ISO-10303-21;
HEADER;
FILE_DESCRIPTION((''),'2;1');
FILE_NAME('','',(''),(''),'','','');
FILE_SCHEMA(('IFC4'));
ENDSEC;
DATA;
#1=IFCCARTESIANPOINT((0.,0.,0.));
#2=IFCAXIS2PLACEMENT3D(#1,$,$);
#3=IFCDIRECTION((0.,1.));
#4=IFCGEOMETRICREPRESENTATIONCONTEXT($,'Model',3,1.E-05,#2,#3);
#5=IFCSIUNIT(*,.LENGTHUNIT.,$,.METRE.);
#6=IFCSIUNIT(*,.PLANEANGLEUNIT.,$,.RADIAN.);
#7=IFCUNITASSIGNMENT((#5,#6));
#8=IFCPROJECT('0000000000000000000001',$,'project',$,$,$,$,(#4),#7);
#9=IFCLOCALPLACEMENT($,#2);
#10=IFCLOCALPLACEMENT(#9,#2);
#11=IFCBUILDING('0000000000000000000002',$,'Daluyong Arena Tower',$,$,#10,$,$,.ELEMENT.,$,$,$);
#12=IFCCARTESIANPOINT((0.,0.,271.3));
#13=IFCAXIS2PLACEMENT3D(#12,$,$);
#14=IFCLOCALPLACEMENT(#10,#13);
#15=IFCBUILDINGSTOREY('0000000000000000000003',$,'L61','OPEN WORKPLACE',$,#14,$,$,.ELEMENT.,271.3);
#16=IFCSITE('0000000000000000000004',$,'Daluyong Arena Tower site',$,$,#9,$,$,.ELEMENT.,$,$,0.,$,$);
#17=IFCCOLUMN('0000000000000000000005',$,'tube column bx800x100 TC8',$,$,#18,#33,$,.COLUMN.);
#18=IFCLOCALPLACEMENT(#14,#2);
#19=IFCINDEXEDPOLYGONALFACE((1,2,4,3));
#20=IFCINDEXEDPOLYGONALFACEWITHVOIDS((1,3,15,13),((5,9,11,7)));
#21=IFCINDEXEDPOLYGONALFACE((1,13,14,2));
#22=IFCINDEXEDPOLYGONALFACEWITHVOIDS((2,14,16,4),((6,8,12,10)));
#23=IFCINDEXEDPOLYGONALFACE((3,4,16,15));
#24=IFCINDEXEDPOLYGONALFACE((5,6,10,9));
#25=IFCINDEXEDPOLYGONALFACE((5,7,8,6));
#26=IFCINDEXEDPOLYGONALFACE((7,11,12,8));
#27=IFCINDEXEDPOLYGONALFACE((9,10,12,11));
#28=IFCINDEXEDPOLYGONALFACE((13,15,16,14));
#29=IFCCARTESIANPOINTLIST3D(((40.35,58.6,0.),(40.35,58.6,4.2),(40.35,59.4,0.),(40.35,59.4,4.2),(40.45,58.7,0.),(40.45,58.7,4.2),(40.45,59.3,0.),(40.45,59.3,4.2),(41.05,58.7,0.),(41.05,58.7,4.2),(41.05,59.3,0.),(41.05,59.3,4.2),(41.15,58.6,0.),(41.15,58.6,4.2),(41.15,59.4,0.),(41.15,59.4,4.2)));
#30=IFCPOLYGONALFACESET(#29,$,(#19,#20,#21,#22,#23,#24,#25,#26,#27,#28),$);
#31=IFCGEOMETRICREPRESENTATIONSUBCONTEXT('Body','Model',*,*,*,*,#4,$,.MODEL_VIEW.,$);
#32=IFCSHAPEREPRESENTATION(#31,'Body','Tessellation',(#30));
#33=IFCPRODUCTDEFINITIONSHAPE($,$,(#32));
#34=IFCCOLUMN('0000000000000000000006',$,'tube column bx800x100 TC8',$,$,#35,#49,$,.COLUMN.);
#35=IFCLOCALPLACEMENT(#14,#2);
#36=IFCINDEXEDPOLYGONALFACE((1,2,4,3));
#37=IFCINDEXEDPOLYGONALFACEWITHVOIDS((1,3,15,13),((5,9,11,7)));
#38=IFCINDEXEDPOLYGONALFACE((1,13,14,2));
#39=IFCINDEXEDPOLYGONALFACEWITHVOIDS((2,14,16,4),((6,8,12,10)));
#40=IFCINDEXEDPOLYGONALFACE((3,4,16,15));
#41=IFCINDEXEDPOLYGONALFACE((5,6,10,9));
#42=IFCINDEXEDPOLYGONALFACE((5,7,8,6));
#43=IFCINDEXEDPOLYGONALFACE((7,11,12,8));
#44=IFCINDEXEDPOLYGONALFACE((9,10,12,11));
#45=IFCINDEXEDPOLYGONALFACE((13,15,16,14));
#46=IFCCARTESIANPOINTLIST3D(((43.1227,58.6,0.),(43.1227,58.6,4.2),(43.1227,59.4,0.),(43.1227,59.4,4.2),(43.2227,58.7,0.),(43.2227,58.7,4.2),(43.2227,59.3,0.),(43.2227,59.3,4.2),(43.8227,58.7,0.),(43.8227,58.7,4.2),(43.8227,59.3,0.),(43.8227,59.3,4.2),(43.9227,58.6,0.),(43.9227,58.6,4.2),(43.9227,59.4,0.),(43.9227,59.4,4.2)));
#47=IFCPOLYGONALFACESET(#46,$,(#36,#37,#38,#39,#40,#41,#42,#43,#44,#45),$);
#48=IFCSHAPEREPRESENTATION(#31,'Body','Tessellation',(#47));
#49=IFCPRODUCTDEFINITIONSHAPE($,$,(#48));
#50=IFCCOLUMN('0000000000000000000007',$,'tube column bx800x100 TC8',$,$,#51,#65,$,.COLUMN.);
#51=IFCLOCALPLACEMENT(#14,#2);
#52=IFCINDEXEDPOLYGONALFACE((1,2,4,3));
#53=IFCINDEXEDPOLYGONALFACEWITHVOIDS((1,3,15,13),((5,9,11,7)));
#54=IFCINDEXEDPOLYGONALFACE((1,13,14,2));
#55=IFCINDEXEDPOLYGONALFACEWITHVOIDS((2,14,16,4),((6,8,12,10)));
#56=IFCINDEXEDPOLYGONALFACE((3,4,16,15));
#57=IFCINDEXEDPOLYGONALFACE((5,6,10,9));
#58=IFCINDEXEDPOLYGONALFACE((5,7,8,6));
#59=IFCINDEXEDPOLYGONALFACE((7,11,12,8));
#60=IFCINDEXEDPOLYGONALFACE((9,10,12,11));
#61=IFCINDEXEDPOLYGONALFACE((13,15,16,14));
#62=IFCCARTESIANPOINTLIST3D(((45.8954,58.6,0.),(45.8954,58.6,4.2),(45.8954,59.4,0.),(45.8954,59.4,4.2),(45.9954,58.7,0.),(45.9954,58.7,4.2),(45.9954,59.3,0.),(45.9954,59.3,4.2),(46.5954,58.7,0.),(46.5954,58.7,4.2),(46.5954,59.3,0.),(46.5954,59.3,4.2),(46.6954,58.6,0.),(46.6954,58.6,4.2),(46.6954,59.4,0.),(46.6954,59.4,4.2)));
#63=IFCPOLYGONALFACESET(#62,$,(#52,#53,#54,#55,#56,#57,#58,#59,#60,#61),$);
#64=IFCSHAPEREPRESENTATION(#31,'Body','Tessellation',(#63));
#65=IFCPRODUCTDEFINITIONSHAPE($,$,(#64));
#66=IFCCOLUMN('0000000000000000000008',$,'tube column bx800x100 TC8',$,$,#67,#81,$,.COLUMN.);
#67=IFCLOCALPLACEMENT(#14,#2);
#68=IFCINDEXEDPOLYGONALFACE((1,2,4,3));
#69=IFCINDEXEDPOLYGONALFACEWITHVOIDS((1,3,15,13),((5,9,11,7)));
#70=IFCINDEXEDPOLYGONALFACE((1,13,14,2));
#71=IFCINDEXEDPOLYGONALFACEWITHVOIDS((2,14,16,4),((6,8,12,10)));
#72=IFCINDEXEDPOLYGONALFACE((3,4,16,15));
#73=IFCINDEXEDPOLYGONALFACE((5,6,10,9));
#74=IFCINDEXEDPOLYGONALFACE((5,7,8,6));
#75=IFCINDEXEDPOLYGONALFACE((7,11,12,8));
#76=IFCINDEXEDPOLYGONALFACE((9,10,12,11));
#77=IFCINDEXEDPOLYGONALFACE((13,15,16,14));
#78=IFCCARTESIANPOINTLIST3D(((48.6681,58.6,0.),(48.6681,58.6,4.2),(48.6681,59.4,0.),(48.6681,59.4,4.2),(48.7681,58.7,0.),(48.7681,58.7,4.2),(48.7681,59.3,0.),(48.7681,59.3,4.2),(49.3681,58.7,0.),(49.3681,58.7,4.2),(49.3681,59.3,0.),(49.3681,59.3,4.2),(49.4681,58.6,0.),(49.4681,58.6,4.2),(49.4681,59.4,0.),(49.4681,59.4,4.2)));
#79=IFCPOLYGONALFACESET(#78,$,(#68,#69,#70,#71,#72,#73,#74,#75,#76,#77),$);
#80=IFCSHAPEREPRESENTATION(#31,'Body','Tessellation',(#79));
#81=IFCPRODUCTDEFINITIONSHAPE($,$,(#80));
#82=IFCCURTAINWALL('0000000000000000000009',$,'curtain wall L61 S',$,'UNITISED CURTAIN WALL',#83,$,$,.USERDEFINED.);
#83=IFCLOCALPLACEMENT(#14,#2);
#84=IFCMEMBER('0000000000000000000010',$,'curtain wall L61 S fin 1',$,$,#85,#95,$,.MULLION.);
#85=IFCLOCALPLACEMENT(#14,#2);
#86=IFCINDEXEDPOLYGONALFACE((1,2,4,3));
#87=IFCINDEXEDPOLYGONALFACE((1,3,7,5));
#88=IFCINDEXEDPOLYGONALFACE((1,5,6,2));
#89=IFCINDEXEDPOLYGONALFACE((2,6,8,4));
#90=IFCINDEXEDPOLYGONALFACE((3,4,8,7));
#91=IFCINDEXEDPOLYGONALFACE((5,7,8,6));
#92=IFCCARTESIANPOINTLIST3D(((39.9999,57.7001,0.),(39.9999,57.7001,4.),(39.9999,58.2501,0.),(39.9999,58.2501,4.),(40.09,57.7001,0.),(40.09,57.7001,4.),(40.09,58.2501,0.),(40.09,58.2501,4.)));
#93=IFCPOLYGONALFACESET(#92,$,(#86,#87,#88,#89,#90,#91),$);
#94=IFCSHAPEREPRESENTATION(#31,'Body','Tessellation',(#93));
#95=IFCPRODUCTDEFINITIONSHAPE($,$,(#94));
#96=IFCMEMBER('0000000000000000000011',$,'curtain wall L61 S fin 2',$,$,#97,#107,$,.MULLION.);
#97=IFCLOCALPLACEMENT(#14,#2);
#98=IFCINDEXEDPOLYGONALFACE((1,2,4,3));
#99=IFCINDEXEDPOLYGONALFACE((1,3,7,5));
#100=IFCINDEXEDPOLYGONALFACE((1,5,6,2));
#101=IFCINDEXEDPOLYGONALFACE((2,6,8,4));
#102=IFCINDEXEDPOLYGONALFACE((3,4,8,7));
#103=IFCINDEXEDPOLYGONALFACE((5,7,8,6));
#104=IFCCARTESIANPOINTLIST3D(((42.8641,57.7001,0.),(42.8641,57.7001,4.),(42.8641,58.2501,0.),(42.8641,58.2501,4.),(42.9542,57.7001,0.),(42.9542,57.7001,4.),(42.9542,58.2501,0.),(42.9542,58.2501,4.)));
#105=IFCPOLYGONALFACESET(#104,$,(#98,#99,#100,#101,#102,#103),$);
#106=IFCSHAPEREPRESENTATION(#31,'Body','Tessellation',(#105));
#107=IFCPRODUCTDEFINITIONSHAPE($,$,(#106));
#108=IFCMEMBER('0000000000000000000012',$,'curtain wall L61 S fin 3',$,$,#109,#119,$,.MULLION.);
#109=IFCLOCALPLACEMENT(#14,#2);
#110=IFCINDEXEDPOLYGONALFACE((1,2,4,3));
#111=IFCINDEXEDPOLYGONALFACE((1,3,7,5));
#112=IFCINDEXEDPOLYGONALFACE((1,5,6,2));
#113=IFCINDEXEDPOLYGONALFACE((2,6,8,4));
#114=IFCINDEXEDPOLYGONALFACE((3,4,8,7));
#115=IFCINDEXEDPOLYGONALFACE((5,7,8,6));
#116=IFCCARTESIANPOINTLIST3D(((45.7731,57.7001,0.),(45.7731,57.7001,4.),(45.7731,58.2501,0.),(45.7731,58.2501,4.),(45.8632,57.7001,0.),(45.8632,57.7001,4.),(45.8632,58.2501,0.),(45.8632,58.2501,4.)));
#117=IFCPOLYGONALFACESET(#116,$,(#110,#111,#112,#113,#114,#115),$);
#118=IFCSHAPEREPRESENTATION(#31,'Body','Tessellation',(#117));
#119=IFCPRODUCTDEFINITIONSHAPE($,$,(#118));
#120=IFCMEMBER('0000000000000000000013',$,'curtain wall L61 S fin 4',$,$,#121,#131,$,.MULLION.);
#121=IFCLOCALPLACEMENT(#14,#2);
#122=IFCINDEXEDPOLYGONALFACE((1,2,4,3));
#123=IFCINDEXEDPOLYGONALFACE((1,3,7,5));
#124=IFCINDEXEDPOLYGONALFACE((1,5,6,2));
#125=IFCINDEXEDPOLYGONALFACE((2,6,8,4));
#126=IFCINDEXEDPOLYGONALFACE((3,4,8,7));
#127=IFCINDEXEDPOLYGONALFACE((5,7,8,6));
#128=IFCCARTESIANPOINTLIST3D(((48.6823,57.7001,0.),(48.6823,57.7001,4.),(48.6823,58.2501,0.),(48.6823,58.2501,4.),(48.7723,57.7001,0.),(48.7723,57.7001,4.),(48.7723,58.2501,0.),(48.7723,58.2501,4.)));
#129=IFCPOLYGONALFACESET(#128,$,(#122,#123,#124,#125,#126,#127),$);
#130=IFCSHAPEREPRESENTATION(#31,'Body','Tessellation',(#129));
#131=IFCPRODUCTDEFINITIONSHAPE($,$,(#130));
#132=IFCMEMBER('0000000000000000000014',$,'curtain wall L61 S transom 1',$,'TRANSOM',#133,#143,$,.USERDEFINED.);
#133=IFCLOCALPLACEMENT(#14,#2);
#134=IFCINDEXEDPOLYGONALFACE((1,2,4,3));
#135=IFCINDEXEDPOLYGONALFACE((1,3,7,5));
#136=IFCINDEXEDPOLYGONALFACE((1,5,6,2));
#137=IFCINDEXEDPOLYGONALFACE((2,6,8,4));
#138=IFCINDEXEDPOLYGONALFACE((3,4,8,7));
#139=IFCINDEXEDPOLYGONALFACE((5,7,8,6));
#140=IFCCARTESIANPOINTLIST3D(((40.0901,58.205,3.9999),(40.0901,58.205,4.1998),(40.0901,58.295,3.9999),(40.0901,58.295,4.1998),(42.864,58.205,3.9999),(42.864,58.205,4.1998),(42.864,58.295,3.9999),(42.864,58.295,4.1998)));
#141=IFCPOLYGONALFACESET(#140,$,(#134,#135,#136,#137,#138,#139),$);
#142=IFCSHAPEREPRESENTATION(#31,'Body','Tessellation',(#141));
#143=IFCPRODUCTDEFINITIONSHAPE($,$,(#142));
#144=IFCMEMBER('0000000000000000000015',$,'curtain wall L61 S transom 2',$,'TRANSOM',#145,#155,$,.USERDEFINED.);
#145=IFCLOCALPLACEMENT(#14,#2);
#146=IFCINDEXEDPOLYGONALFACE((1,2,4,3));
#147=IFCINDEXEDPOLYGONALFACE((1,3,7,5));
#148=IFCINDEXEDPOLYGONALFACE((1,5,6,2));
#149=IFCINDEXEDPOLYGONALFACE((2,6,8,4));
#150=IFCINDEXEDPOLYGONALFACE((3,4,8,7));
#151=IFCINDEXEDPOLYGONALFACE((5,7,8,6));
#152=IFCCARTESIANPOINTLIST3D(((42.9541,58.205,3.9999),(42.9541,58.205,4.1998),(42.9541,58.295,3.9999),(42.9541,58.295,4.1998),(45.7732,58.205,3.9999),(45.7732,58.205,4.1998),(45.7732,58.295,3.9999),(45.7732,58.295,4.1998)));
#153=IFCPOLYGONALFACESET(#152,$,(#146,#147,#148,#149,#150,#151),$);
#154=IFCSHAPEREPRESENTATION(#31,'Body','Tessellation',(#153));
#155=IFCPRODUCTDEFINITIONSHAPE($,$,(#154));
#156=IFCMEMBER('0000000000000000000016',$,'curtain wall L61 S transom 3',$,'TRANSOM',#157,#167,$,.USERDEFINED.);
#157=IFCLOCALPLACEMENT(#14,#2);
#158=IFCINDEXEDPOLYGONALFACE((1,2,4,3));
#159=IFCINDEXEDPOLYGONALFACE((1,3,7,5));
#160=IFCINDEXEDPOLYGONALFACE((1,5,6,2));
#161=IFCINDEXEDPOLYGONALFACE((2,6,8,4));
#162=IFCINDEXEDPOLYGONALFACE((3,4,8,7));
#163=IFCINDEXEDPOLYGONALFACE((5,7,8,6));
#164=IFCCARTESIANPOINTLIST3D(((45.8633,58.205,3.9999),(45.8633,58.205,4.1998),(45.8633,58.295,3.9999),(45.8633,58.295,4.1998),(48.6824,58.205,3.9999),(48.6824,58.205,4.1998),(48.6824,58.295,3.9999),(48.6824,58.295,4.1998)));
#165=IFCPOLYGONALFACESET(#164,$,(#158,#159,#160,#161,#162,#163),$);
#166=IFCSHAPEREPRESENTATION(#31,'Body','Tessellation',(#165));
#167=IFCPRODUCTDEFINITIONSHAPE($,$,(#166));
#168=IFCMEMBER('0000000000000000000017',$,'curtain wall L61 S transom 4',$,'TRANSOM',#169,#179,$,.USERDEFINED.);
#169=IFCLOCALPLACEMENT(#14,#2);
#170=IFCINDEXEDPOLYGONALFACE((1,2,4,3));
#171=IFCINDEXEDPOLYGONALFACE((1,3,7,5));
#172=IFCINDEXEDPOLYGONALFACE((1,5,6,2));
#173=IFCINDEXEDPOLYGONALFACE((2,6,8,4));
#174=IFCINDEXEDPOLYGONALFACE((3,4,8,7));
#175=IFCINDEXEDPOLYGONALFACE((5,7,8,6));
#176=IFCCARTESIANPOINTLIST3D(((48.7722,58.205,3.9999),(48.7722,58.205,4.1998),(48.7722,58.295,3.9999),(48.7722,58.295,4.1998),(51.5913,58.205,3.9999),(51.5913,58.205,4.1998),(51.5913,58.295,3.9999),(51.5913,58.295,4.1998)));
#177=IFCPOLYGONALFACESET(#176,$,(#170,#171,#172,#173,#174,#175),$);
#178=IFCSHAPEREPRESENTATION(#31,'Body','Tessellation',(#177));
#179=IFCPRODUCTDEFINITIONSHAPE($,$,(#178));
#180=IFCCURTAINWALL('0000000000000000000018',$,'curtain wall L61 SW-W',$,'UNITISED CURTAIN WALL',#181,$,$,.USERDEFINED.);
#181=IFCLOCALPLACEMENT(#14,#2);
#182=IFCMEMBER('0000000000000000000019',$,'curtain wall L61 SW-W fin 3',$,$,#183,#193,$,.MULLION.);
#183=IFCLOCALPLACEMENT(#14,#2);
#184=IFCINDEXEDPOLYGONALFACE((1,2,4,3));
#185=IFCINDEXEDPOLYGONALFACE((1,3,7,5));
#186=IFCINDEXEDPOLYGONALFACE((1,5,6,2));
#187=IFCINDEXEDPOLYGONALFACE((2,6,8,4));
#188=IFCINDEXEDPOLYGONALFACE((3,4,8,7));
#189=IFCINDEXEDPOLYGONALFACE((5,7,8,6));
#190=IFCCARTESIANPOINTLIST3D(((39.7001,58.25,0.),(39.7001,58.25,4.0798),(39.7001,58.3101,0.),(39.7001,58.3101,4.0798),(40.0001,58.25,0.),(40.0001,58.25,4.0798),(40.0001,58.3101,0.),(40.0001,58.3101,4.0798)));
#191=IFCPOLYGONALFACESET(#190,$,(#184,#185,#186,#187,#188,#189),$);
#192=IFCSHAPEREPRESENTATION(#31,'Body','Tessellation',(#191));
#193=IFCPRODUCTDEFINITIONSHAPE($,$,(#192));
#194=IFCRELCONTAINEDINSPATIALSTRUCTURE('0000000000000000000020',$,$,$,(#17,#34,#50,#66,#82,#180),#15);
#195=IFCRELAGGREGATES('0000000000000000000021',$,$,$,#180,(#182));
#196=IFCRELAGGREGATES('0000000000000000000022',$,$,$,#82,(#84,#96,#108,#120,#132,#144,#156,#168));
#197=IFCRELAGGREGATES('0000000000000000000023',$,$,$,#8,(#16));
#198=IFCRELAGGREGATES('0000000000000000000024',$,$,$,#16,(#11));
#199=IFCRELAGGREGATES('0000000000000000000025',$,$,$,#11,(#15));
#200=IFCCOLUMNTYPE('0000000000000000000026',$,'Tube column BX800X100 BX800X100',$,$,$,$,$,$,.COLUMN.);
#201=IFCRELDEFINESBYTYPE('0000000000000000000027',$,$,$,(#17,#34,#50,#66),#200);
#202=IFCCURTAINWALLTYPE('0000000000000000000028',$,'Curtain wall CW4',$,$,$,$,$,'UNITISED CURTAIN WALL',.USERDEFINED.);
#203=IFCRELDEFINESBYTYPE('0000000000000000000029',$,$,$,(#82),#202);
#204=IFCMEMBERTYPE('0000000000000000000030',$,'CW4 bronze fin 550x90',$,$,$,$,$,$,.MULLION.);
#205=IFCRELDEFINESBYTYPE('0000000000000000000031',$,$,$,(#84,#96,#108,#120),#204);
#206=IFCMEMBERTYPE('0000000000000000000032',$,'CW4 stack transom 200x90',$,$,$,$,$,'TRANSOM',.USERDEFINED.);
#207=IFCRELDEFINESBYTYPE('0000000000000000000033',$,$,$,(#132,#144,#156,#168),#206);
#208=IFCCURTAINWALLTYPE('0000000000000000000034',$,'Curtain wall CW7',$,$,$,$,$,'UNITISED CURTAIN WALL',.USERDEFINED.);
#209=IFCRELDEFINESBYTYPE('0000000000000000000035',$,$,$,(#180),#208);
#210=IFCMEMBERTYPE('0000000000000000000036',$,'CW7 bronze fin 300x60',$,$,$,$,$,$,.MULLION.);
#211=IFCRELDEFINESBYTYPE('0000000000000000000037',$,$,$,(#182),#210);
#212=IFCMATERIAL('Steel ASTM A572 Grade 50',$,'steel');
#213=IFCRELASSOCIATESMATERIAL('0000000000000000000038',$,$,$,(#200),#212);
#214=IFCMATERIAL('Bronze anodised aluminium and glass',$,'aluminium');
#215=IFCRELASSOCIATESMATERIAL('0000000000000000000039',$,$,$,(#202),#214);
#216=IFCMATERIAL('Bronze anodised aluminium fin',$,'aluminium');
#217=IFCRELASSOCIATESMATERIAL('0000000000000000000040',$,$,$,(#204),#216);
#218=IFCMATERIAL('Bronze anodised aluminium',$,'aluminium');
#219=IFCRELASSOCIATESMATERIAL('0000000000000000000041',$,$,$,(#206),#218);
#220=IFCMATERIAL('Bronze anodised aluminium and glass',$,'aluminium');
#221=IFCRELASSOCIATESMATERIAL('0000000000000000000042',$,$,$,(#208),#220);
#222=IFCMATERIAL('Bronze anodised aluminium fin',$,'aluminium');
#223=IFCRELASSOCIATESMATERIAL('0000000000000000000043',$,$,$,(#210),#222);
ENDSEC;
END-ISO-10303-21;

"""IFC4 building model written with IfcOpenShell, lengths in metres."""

from ifc_helpers import new_model, si_unit, direction, frame, origin, origin_2d, place, context, subcontext, project, spatial, rectangle, hollow_rectangle, extrude, material, material_profile, profile_set, type_object, element, aggregate, save


model = new_model("IFC4")

# Units and contexts
model_context = context("Model", 3, precision=1e-05, world=origin(), true_north=direction((0.0, 1.0)))
body_context = subcontext(model_context, "Body", "Model", "MODEL_VIEW")
ifc_project = project(units=[si_unit("LENGTHUNIT", "METRE"), si_unit("PLANEANGLEUNIT", "RADIAN")], contexts=[model_context])

# Site, building, storey
site_placement = place(None, origin())
site = spatial("IfcSite", under=ifc_project, at=site_placement, Name="Daluyong Arena Tower site", CompositionType="ELEMENT", RefElevation=0.0)
building_placement = place(site_placement, origin())
building = spatial("IfcBuilding", under=site, at=building_placement, Name="Daluyong Arena Tower", CompositionType="ELEMENT")
storey_placement = place(building_placement, frame((0.0, 0.0, 271.3)))
storey = spatial("IfcBuildingStorey", under=building, at=storey_placement, Name="L61", Description="OPEN WORKPLACE", CompositionType="ELEMENT", Elevation=271.3)

# Columns
ifc_material_1 = material(Name="Steel ASTM A572 Grade 50", Category="steel")
ifc_material_profile_1 = material_profile(ifc_material_1, hollow_rectangle(XDim=0.8, YDim=0.8, WallThickness=0.1, at=origin_2d()))
ifc_profile_set_1 = profile_set([ifc_material_profile_1], Name="Steel ASTM A572 Grade 50")
column_type = type_object("IfcColumnType", Name="Tube column BX800X100 BX800X100", PredefinedType="COLUMN", material=ifc_profile_set_1)
for number, where, z_axis, x_axis, name in (
    (1, (40.75, 59.0, 0.0), (0.0, 0.0, 1.0), (1.0, 0.0, 0.0), "tube column bx800x100 TC8"),
    (2, (43.5227, 59.0, 0.0), (0.0, 0.0, 1.0), (1.0, 0.0, 0.0), "tube column bx800x100 TC8"),
    (3, (46.2954, 59.0, 0.0), (0.0, 0.0, 1.0), (1.0, 0.0, 0.0), "tube column bx800x100 TC8"),
    (4, (49.0681, 59.0, 0.0), (0.0, 0.0, 1.0), (1.0, 0.0, 0.0), "tube column bx800x100 TC8"),
):
    element("IfcColumn", number, at=place(storey_placement, frame(where, z_axis=z_axis, x_axis=x_axis)), inside=storey, type_object=column_type, Name=name, PredefinedType="COLUMN", context=body_context, shape_type="SweptSolid", body=[
        extrude(hollow_rectangle(XDim=0.8, YDim=0.8, WallThickness=0.1, at=origin_2d()), origin(), (0.0, 0.0, 1.0), 4.2),
    ])

# Curtain wall, members
ifc_material_2 = material(Name="Bronze anodised aluminium and glass", Category="aluminium")
curtain_wall_type_1 = type_object("IfcCurtainWallType", Name="Curtain wall CW4", ElementType="UNITISED CURTAIN WALL", PredefinedType="USERDEFINED", material=ifc_material_2)
curtain_wall_1_placement = place(storey_placement, origin())
curtain_wall_1 = element("IfcCurtainWall", 5, at=curtain_wall_1_placement, inside=storey, type_object=curtain_wall_type_1, Name="curtain wall L61 S", ObjectType="UNITISED CURTAIN WALL", PredefinedType="USERDEFINED")
ifc_material_3 = material(Name="Bronze anodised aluminium fin", Category="aluminium")
ifc_material_profile_2 = material_profile(ifc_material_3, rectangle(XDim=0.55, YDim=0.0901, at=origin_2d()))
ifc_profile_set_2 = profile_set([ifc_material_profile_2], Name="Bronze anodised aluminium fin")
member_type_1 = type_object("IfcMemberType", Name="CW4 bronze fin 550x90", PredefinedType="MULLION", material=ifc_profile_set_2)
member_1_placement = place(storey_placement, frame((40.0449, 57.9751, 0.0), z_axis=(0.0, 0.0, 1.0), x_axis=(0.0, 1.0, 0.0)))
member_1 = element("IfcMember", 6, at=member_1_placement, type_object=member_type_1, Name="curtain wall L61 S fin 1", PredefinedType="MULLION", context=body_context, shape_type="SweptSolid", body=[
    extrude(rectangle(XDim=0.55, YDim=0.0901, at=origin_2d()), origin(), (0.0, 0.0, 1.0), 4.0),
])
member_2_placement = place(storey_placement, frame((42.9092, 57.9751, 0.0), z_axis=(0.0, 0.0, 1.0), x_axis=(0.0, 1.0, 0.0)))
member_2 = element("IfcMember", 7, at=member_2_placement, type_object=member_type_1, Name="curtain wall L61 S fin 2", PredefinedType="MULLION", context=body_context, shape_type="SweptSolid", body=[
    extrude(rectangle(XDim=0.55, YDim=0.0901, at=origin_2d()), origin(), (0.0, 0.0, 1.0), 4.0),
])
member_3_placement = place(storey_placement, frame((45.8181, 57.9751, 0.0), z_axis=(0.0, 0.0, 1.0), x_axis=(0.0, 1.0, 0.0)))
member_3 = element("IfcMember", 8, at=member_3_placement, type_object=member_type_1, Name="curtain wall L61 S fin 3", PredefinedType="MULLION", context=body_context, shape_type="SweptSolid", body=[
    extrude(rectangle(XDim=0.55, YDim=0.0901, at=origin_2d()), origin(), (0.0, 0.0, 1.0), 4.0),
])
member_4_placement = place(storey_placement, frame((48.7273, 57.9751, 0.0), z_axis=(0.0, 0.0, 1.0), x_axis=(0.0, 1.0, 0.0)))
member_4 = element("IfcMember", 9, at=member_4_placement, type_object=member_type_1, Name="curtain wall L61 S fin 4", PredefinedType="MULLION", context=body_context, shape_type="SweptSolid", body=[
    extrude(rectangle(XDim=0.55, YDim=0.0901, at=origin_2d()), origin(), (0.0, 0.0, 1.0), 4.0),
])
ifc_material_4 = material(Name="Bronze anodised aluminium", Category="aluminium")
ifc_material_profile_3 = material_profile(ifc_material_4, rectangle(XDim=0.0901, YDim=0.2, at=origin_2d()))
ifc_profile_set_3 = profile_set([ifc_material_profile_3], Name="Bronze anodised aluminium")
member_type_2 = type_object("IfcMemberType", Name="CW4 stack transom 200x90", ElementType="TRANSOM", PredefinedType="USERDEFINED", material=ifc_profile_set_3)
member_5_placement = place(storey_placement, frame((40.0901, 58.25, 4.0999), z_axis=(1.0, 0.0, 0.0), x_axis=(0.0, 1.0, 0.0)))
member_5 = element("IfcMember", 10, at=member_5_placement, type_object=member_type_2, Name="curtain wall L61 S transom 1", ObjectType="TRANSOM", PredefinedType="USERDEFINED", context=body_context, shape_type="SweptSolid", body=[
    extrude(rectangle(XDim=0.0901, YDim=0.2, at=origin_2d()), origin(), (0.0, 0.0, 1.0), 2.7739),
])
member_6_placement = place(storey_placement, frame((42.9541, 58.25, 4.0999), z_axis=(1.0, 0.0, 0.0), x_axis=(0.0, 1.0, 0.0)))
member_6 = element("IfcMember", 11, at=member_6_placement, type_object=member_type_2, Name="curtain wall L61 S transom 2", ObjectType="TRANSOM", PredefinedType="USERDEFINED", context=body_context, shape_type="SweptSolid", body=[
    extrude(rectangle(XDim=0.0901, YDim=0.2, at=origin_2d()), origin(), (0.0, 0.0, 1.0), 2.8191),
])
member_7_placement = place(storey_placement, frame((45.8633, 58.25, 4.0999), z_axis=(1.0, 0.0, 0.0), x_axis=(0.0, 1.0, 0.0)))
member_7 = element("IfcMember", 12, at=member_7_placement, type_object=member_type_2, Name="curtain wall L61 S transom 3", ObjectType="TRANSOM", PredefinedType="USERDEFINED", context=body_context, shape_type="SweptSolid", body=[
    extrude(rectangle(XDim=0.0901, YDim=0.2, at=origin_2d()), origin(), (0.0, 0.0, 1.0), 2.8191),
])
member_8_placement = place(storey_placement, frame((48.7722, 58.25, 4.0999), z_axis=(1.0, 0.0, 0.0), x_axis=(0.0, 1.0, 0.0)))
member_8 = element("IfcMember", 13, at=member_8_placement, type_object=member_type_2, Name="curtain wall L61 S transom 4", ObjectType="TRANSOM", PredefinedType="USERDEFINED", context=body_context, shape_type="SweptSolid", body=[
    extrude(rectangle(XDim=0.0901, YDim=0.2, at=origin_2d()), origin(), (0.0, 0.0, 1.0), 2.8191),
])

# Curtain wall, member
ifc_material_5 = material(Name="Bronze anodised aluminium and glass", Category="aluminium")
curtain_wall_type_2 = type_object("IfcCurtainWallType", Name="Curtain wall CW7", ElementType="UNITISED CURTAIN WALL", PredefinedType="USERDEFINED", material=ifc_material_5)
curtain_wall_2_placement = place(storey_placement, origin())
curtain_wall_2 = element("IfcCurtainWall", 14, at=curtain_wall_2_placement, inside=storey, type_object=curtain_wall_type_2, Name="curtain wall L61 SW-W", ObjectType="UNITISED CURTAIN WALL", PredefinedType="USERDEFINED")
ifc_material_6 = material(Name="Bronze anodised aluminium fin", Category="aluminium")
ifc_material_profile_4 = material_profile(ifc_material_6, rectangle(XDim=0.3, YDim=0.0601, at=origin_2d()))
ifc_profile_set_4 = profile_set([ifc_material_profile_4], Name="Bronze anodised aluminium fin")
member_type_3 = type_object("IfcMemberType", Name="CW7 bronze fin 300x60", PredefinedType="MULLION", material=ifc_profile_set_4)
member_9_placement = place(storey_placement, frame((39.8501, 58.28, 0.0), z_axis=(0.0, 0.0, 1.0), x_axis=(1.0, 0.0, 0.0)))
member_9 = element("IfcMember", 15, at=member_9_placement, type_object=member_type_3, Name="curtain wall L61 SW-W fin 3", PredefinedType="MULLION", context=body_context, shape_type="SweptSolid", body=[
    extrude(rectangle(XDim=0.3, YDim=0.0601, at=origin_2d()), origin(), (0.0, 0.0, 1.0), 4.0798),
])
aggregate(curtain_wall_2, [member_9])

aggregate(curtain_wall_1, [member_1, member_2, member_3, member_4, member_5, member_6, member_7, member_8])

save(model, "model.ifc")
